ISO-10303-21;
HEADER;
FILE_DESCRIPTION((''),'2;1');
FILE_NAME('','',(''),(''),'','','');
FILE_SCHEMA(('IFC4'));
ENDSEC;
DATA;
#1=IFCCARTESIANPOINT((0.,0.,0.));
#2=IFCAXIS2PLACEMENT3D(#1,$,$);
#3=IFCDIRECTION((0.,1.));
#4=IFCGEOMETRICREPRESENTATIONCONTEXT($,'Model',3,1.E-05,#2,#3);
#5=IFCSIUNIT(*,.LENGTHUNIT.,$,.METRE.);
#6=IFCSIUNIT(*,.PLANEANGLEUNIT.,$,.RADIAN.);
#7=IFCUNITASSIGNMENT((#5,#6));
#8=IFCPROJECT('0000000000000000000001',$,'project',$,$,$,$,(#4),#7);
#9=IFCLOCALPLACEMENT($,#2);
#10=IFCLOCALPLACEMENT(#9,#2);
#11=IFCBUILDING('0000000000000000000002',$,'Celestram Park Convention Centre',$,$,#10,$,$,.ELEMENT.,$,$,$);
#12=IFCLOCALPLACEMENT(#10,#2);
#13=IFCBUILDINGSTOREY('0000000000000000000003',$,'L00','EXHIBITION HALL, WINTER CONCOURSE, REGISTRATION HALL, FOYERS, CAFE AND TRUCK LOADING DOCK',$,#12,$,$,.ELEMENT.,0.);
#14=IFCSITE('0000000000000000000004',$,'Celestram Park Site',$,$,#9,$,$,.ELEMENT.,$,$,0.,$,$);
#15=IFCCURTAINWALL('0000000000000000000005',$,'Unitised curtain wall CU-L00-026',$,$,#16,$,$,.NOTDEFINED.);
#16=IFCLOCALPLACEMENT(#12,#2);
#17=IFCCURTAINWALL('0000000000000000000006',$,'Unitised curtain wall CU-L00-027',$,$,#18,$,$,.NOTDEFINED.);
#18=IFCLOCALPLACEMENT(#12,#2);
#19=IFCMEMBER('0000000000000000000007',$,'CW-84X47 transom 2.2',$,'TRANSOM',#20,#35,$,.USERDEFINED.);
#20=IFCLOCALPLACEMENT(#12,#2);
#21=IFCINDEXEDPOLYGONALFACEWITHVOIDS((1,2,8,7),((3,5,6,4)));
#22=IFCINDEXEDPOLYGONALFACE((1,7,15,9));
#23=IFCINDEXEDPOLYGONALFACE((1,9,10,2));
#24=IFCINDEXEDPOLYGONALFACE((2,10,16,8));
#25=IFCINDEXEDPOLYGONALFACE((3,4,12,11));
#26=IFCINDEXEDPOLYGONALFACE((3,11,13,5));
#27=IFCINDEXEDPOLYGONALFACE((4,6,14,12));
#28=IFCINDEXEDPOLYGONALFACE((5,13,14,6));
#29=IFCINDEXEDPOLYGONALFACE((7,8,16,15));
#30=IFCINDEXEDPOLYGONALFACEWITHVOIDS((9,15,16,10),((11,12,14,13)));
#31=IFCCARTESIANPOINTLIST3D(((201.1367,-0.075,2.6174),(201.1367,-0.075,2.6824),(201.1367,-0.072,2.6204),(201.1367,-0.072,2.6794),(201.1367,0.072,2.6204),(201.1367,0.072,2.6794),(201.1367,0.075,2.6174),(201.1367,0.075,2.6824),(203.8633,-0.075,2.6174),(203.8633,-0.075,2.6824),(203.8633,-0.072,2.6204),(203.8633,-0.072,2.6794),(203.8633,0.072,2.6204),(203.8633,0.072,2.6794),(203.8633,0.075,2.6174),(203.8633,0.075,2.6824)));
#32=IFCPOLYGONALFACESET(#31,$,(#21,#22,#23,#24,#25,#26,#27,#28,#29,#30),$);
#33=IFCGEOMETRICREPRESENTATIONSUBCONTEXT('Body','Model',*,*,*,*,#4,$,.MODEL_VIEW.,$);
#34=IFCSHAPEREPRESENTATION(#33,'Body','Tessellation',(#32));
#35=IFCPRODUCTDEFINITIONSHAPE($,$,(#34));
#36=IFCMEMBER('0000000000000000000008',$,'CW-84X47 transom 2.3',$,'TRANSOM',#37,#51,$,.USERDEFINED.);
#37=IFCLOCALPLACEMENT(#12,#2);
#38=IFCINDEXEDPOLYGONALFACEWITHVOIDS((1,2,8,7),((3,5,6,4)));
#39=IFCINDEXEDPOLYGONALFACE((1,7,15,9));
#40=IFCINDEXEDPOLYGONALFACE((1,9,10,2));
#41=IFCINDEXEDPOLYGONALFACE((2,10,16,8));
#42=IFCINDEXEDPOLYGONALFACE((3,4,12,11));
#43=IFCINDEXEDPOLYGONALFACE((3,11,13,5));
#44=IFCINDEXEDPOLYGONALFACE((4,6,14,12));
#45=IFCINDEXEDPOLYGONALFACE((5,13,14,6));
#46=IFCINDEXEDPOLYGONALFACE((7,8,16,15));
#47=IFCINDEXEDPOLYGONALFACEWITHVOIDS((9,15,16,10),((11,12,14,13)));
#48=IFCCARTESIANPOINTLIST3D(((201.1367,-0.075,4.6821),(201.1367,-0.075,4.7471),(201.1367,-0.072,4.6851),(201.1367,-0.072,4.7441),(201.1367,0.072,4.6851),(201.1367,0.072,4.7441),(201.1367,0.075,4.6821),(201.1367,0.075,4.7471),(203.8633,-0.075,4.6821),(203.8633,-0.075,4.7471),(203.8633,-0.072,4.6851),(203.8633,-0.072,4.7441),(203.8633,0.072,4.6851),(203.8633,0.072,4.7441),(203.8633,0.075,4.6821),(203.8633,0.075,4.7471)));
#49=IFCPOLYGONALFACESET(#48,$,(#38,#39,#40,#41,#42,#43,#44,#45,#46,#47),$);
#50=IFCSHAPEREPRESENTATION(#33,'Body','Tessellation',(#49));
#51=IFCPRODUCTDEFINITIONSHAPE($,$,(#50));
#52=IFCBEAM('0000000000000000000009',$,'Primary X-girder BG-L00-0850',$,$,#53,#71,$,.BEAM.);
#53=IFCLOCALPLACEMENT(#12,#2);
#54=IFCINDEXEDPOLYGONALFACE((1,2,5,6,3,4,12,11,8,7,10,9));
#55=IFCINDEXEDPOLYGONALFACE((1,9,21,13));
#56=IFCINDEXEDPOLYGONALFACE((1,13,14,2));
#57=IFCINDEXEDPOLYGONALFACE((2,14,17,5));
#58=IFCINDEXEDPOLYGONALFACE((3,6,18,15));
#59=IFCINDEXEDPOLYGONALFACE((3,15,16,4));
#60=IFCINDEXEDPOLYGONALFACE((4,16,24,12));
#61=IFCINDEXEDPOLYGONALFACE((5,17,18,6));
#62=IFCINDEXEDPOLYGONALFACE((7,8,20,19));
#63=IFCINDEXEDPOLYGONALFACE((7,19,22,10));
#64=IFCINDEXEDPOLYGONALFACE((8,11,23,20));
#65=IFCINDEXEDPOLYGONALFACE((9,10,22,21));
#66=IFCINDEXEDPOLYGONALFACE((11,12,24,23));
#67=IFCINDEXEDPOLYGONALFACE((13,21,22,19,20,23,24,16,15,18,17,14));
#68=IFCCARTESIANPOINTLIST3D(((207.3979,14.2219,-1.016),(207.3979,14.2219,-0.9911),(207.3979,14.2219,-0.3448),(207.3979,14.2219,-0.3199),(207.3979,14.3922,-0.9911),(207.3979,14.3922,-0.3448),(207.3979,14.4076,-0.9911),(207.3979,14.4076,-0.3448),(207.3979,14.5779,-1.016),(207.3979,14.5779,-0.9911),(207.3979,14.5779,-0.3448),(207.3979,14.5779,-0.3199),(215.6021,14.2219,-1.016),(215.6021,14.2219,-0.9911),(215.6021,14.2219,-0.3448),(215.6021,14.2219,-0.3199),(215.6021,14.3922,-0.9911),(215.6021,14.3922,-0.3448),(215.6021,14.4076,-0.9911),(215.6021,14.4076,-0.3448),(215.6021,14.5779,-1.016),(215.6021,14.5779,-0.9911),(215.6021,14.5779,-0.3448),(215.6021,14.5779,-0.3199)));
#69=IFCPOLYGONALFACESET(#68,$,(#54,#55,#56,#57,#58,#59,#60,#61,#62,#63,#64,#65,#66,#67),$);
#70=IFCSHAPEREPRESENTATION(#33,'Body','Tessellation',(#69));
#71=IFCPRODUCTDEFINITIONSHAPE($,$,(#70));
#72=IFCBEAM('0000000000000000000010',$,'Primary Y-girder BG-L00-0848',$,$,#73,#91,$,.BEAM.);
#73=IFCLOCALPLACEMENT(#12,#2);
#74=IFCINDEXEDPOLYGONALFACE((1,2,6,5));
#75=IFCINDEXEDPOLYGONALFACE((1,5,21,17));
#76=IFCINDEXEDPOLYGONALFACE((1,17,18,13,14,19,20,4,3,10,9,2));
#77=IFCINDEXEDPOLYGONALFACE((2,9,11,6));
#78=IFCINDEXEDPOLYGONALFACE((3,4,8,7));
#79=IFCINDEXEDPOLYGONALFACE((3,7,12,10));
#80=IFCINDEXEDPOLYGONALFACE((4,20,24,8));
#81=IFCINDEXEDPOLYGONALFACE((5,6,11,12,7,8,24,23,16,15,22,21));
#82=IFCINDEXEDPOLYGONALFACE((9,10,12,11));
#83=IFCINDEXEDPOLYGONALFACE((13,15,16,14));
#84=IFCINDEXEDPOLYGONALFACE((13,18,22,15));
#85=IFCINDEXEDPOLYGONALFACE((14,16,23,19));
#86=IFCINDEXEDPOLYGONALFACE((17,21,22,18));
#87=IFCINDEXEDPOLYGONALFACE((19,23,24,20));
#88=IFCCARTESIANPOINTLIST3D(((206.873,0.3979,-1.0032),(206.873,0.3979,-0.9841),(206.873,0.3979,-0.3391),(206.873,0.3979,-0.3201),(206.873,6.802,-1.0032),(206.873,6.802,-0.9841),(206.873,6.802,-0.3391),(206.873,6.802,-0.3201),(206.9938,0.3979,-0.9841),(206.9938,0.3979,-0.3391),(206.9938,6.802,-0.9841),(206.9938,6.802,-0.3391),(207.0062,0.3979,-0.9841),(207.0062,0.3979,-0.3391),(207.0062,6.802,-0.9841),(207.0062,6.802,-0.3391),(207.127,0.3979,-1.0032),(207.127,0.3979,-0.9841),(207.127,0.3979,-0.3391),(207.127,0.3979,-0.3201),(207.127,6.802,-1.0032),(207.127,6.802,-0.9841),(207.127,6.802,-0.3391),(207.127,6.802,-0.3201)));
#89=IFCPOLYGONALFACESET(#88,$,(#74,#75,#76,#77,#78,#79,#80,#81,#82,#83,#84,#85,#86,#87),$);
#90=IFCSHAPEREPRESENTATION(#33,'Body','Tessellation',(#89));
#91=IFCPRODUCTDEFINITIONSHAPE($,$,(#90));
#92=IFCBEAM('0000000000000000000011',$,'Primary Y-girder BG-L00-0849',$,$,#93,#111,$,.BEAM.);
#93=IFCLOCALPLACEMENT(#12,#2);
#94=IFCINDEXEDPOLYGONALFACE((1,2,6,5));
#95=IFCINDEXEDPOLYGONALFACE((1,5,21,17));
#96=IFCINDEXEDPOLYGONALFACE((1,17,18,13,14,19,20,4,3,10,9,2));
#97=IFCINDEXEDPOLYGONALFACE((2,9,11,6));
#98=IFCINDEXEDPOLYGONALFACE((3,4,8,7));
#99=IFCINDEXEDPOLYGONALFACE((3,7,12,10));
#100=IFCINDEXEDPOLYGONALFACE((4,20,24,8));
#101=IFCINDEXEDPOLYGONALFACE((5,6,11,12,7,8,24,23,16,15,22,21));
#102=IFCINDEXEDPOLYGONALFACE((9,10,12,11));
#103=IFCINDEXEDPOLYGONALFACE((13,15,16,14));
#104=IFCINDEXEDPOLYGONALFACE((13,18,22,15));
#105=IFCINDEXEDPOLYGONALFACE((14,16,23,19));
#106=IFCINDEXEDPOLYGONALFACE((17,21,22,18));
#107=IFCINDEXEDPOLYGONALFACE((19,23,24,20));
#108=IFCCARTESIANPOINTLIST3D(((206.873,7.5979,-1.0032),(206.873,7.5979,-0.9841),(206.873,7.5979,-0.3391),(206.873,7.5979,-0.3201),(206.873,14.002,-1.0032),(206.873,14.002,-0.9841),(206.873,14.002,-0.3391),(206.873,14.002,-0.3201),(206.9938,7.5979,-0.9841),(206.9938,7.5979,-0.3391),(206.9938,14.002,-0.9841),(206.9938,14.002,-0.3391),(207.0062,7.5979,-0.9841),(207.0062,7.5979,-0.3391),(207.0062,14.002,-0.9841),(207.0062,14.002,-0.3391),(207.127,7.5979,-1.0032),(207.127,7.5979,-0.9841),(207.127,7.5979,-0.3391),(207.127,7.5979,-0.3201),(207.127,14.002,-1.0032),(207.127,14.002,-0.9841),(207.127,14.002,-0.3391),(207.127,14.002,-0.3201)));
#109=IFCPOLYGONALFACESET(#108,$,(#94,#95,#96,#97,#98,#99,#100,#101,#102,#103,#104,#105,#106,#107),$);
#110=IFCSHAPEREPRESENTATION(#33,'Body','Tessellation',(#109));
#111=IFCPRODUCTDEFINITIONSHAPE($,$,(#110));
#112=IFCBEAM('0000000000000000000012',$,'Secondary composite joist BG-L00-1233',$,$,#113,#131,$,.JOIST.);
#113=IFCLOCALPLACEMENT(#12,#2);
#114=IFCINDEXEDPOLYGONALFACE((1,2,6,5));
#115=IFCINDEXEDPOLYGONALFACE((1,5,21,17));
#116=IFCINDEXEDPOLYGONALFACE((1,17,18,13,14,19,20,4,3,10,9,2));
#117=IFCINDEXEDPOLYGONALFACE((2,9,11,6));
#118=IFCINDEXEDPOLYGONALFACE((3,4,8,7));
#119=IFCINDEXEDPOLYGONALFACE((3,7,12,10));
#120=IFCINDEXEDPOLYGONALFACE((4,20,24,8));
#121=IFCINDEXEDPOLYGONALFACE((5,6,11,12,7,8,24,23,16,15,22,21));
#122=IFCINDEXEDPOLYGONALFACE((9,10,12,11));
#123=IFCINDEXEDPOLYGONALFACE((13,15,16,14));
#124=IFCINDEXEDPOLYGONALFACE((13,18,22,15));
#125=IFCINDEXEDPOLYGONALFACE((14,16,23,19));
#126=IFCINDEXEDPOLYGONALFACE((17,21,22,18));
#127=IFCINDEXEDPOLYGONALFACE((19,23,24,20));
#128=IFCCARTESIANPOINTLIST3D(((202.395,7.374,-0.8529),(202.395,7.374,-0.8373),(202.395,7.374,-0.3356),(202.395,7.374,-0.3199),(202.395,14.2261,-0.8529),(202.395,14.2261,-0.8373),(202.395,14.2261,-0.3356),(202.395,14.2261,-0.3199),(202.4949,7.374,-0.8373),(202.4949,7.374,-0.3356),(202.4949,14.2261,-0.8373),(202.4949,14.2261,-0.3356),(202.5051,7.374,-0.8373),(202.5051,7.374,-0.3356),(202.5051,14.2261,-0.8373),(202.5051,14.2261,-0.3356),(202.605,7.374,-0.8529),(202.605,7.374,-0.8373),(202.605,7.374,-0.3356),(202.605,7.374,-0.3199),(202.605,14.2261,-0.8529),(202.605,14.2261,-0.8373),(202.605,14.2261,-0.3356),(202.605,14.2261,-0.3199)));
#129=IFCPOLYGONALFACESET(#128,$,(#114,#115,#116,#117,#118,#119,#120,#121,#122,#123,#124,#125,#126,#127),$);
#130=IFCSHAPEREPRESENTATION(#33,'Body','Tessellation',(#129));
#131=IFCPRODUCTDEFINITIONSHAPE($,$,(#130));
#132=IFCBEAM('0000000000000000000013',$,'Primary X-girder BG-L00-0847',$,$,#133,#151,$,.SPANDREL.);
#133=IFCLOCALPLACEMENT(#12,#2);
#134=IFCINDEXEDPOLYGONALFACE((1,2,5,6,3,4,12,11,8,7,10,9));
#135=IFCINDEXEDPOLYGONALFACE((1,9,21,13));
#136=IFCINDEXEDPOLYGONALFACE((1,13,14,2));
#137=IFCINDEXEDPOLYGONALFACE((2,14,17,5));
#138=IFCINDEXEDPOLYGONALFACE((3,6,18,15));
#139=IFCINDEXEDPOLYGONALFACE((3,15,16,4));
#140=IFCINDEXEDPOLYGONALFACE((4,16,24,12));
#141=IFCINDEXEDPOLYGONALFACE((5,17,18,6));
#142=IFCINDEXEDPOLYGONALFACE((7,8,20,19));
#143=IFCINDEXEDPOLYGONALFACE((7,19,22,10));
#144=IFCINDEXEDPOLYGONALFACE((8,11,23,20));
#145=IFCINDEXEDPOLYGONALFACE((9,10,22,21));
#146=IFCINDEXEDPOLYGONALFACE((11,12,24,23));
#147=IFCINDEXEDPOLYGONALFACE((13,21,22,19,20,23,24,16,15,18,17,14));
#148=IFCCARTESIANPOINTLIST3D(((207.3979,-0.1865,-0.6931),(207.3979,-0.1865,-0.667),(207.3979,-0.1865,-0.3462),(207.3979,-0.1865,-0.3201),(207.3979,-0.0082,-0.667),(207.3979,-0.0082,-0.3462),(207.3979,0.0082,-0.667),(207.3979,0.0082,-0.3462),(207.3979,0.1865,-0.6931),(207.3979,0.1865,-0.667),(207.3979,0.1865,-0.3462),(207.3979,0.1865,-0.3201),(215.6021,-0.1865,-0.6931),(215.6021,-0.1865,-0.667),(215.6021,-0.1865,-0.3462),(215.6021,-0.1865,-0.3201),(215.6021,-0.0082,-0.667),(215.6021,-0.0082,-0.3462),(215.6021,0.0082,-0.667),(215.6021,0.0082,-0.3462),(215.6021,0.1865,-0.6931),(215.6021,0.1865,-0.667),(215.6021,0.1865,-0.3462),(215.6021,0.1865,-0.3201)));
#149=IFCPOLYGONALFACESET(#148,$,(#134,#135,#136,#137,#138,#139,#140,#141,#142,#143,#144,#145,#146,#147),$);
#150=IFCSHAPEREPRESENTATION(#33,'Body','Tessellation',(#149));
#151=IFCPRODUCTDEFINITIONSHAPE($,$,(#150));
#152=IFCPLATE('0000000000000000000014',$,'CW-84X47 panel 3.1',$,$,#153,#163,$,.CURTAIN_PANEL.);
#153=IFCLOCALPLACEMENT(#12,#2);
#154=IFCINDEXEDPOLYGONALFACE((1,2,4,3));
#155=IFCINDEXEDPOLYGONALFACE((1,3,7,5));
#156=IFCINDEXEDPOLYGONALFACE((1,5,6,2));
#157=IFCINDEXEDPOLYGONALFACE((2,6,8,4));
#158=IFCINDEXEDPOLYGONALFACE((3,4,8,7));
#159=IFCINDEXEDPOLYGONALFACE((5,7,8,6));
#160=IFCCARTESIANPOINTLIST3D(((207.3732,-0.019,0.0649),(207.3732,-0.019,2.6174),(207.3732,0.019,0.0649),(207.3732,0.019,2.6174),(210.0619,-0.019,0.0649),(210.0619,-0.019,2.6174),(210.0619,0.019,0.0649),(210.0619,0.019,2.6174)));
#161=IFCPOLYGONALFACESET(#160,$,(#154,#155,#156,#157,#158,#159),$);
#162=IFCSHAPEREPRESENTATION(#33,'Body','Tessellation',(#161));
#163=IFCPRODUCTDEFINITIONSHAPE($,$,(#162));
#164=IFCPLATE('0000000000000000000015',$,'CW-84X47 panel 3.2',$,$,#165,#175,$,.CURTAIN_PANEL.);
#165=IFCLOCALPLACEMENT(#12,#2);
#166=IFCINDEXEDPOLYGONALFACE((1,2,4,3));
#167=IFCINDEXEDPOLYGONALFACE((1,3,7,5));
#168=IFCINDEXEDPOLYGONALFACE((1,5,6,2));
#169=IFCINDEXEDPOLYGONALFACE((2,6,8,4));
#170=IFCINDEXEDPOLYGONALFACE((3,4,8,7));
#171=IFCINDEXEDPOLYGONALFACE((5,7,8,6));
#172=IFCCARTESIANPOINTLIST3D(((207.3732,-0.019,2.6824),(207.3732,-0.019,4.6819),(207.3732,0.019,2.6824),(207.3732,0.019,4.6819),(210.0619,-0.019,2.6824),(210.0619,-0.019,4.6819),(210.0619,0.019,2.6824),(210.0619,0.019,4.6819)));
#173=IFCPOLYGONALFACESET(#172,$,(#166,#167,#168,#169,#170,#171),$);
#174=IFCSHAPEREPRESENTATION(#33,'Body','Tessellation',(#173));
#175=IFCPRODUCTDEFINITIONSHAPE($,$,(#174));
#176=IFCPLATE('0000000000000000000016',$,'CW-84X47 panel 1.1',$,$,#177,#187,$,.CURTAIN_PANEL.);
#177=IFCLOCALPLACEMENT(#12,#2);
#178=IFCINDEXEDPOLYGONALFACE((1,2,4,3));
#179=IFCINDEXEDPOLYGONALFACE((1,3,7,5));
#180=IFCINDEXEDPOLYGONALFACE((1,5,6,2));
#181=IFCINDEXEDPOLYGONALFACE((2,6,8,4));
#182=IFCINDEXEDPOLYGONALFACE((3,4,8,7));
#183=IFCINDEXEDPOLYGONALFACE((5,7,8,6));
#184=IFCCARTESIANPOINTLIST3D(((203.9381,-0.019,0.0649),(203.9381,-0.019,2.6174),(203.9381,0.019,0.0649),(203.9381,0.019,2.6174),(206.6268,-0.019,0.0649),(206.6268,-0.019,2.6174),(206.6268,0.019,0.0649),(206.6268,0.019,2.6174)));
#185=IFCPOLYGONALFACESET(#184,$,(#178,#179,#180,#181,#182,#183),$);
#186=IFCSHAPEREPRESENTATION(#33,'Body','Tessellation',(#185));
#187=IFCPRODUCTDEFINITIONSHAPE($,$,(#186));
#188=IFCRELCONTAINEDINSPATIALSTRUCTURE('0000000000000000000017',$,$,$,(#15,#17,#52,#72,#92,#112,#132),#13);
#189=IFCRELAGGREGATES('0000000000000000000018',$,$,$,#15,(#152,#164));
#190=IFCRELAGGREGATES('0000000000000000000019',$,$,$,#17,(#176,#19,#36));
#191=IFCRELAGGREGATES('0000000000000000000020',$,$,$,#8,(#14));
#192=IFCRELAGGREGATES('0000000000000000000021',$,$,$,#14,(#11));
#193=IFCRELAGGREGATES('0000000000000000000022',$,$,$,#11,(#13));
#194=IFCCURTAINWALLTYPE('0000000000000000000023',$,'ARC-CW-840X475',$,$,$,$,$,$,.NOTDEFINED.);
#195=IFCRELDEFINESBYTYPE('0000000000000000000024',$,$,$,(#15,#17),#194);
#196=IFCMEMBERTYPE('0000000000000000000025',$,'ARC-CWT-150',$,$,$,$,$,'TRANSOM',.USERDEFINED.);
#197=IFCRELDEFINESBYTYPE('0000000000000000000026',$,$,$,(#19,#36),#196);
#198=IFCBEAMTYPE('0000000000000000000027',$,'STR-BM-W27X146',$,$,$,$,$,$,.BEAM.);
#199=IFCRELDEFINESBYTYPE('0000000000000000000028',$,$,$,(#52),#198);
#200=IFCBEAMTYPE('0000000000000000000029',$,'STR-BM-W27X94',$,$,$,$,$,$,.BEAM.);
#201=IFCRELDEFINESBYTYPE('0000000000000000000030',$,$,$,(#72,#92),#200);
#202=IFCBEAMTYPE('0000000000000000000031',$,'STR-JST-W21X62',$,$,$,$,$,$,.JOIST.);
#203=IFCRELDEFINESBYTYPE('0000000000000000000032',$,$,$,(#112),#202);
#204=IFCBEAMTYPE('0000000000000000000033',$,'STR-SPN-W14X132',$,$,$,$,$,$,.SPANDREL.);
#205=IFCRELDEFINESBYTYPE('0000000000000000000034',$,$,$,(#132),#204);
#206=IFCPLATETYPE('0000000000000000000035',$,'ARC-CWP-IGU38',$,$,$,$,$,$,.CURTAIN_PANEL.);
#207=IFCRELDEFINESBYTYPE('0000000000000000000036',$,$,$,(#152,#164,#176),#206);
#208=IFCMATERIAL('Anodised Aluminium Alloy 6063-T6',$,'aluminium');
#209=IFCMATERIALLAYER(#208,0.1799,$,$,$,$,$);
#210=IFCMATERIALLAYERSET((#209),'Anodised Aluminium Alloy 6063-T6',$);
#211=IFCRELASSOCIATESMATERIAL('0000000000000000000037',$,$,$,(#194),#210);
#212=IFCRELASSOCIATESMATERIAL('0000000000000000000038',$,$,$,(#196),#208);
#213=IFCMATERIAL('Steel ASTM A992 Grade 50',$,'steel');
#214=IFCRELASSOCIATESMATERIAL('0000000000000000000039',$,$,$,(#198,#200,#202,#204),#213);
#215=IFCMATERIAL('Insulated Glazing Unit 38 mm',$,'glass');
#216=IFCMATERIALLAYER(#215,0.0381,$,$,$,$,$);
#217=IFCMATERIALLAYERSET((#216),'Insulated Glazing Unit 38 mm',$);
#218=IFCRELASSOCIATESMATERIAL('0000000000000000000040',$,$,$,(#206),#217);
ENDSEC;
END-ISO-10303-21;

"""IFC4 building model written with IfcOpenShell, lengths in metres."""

from ifc_helpers import new_model, si_unit, direction, frame, origin, origin_2d, place, context, subcontext, project, spatial, rectangle, hollow_rectangle, i_section, extrude, material, layer, layer_set, material_profile, profile_set, type_object, element, aggregate, save


model = new_model("IFC4")

# Units and contexts
model_context = context("Model", 3, precision=1e-05, world=origin(), true_north=direction((0.0, 1.0)))
body_context = subcontext(model_context, "Body", "Model", "MODEL_VIEW")
ifc_project = project(units=[si_unit("LENGTHUNIT", "METRE"), si_unit("PLANEANGLEUNIT", "RADIAN")], contexts=[model_context])

# Site, building, storey
site_placement = place(None, origin())
site = spatial("IfcSite", under=ifc_project, at=site_placement, Name="Celestram Park Site", CompositionType="ELEMENT", RefElevation=0.0)
building_placement = place(site_placement, origin())
building = spatial("IfcBuilding", under=site, at=building_placement, Name="Celestram Park Convention Centre", CompositionType="ELEMENT")
storey_placement = place(building_placement, origin())
storey = spatial("IfcBuildingStorey", under=building, at=storey_placement, Name="L00", Description="EXHIBITION HALL, WINTER CONCOURSE, REGISTRATION HALL, FOYERS, CAFE AND TRUCK LOADING DOCK", CompositionType="ELEMENT", Elevation=0.0)

# Curtain wall
ifc_material_1 = material(Name="Anodised Aluminium Alloy 6063-T6", Category="aluminium")
ifc_layer_1 = layer(ifc_material_1, 0.1799)
ifc_layer_set_1 = layer_set([ifc_layer_1], Name="Anodised Aluminium Alloy 6063-T6")
curtain_wall_type = type_object("IfcCurtainWallType", Name="ARC-CW-840X475", PredefinedType="NOTDEFINED", material=ifc_layer_set_1)
curtain_wall_1_placement = place(storey_placement, origin())
curtain_wall_1 = element("IfcCurtainWall", 1, at=curtain_wall_1_placement, inside=storey, type_object=curtain_wall_type, Name="Unitised curtain wall CU-L00-026", PredefinedType="NOTDEFINED")

# Curtain wall
curtain_wall_2_placement = place(storey_placement, origin())
curtain_wall_2 = element("IfcCurtainWall", 2, at=curtain_wall_2_placement, inside=storey, type_object=curtain_wall_type, Name="Unitised curtain wall CU-L00-027", PredefinedType="NOTDEFINED")

# Members
ifc_material_profile_1 = material_profile(ifc_material_1, hollow_rectangle(XDim=0.1499, YDim=0.0649, WallThickness=0.0029, at=origin_2d()), Name="ALU150X65X3")
ifc_profile_set_1 = profile_set([ifc_material_profile_1], Name="Anodised Aluminium Alloy 6063-T6")
member_type_1 = type_object("IfcMemberType", Name="ARC-CWT-150", ElementType="TRANSOM", PredefinedType="USERDEFINED", material=ifc_profile_set_1)
member_1_placement = place(storey_placement, frame((203.8633, 0.0, 2.6499), z_axis=(-1.0, 0.0, 0.0), x_axis=(0.0, -1.0, 0.0)))
member_1 = element("IfcMember", 3, at=member_1_placement, type_object=member_type_1, Name="CW-84X47 transom 2.2", ObjectType="TRANSOM", PredefinedType="USERDEFINED", context=body_context, shape_type="SweptSolid", body=[
    extrude(hollow_rectangle(XDim=0.1499, YDim=0.0649, WallThickness=0.0029, at=origin_2d()), origin(), (0.0, 0.0, 1.0), 2.7266),
])
member_2_placement = place(storey_placement, frame((203.8633, 0.0, 4.7146), z_axis=(-1.0, 0.0, 0.0), x_axis=(0.0, -1.0, 0.0)))
member_2 = element("IfcMember", 4, at=member_2_placement, type_object=member_type_1, Name="CW-84X47 transom 2.3", ObjectType="TRANSOM", PredefinedType="USERDEFINED", context=body_context, shape_type="SweptSolid", body=[
    extrude(hollow_rectangle(XDim=0.1499, YDim=0.0649, WallThickness=0.0029, at=origin_2d()), origin(), (0.0, 0.0, 1.0), 2.7266),
])

# Beams
ifc_material_2 = material(Name="Steel ASTM A992 Grade 50", Category="steel")
ifc_material_profile_2 = material_profile(ifc_material_2, i_section(OverallWidth=0.356, OverallDepth=0.696, WebThickness=0.0154, FlangeThickness=0.0249, at=origin_2d()), Name="W27X146")
ifc_profile_set_2 = profile_set([ifc_material_profile_2], Name="Steel ASTM A992 Grade 50")
beam_type_1 = type_object("IfcBeamType", Name="STR-BM-W27X146", PredefinedType="BEAM", material=ifc_profile_set_2)
beam_1_placement = place(storey_placement, frame((207.3979, 14.3999, -0.668), z_axis=(1.0, 0.0, 0.0), x_axis=(0.0, 1.0, 0.0)))
element("IfcBeam", 5, at=beam_1_placement, inside=storey, type_object=beam_type_1, Name="Primary X-girder BG-L00-0850", PredefinedType="BEAM", context=body_context, shape_type="SweptSolid", body=[
    extrude(i_section(OverallWidth=0.356, OverallDepth=0.696, WebThickness=0.0154, FlangeThickness=0.0249, at=origin_2d()), origin(), (0.0, 0.0, 1.0), 8.2041),
])
ifc_material_profile_3 = material_profile(ifc_material_2, i_section(OverallWidth=0.2539, OverallDepth=0.6831, WebThickness=0.0125, FlangeThickness=0.019, at=origin_2d()), Name="W27X94")
ifc_profile_set_3 = profile_set([ifc_material_profile_3], Name="Steel ASTM A992 Grade 50")
beam_type_2 = type_object("IfcBeamType", Name="STR-BM-W27X94", PredefinedType="BEAM", material=ifc_profile_set_3)
for number, where, z_axis, x_axis, name in (
    (6, (207.0, 0.3979, -0.6616), (0.0, 1.0, 0.0), (-1.0, 0.0, 0.0), "Primary Y-girder BG-L00-0848"),
    (7, (207.0, 7.5979, -0.6616), (0.0, 1.0, 0.0), (-1.0, 0.0, 0.0), "Primary Y-girder BG-L00-0849"),
):
    element("IfcBeam", number, at=place(storey_placement, frame(where, z_axis=z_axis, x_axis=x_axis)), inside=storey, type_object=beam_type_2, Name=name, PredefinedType="BEAM", context=body_context, shape_type="SweptSolid", body=[
        extrude(i_section(OverallWidth=0.2539, OverallDepth=0.6831, WebThickness=0.0125, FlangeThickness=0.019, at=origin_2d()), origin(), (0.0, 0.0, 1.0), 6.4041),
    ])
ifc_material_profile_4 = material_profile(ifc_material_2, i_section(OverallWidth=0.21, OverallDepth=0.533, WebThickness=0.0103, FlangeThickness=0.0156, at=origin_2d()), Name="W21X62")
ifc_profile_set_4 = profile_set([ifc_material_profile_4], Name="Steel ASTM A992 Grade 50")
beam_type_3 = type_object("IfcBeamType", Name="STR-JST-W21X62", PredefinedType="JOIST", material=ifc_profile_set_4)
beam_2_placement = place(storey_placement, frame((202.5, 7.374, -0.5864), z_axis=(0.0, 1.0, 0.0), x_axis=(-1.0, 0.0, 0.0)))
element("IfcBeam", 8, at=beam_2_placement, inside=storey, type_object=beam_type_3, Name="Secondary composite joist BG-L00-1233", PredefinedType="JOIST", context=body_context, shape_type="SweptSolid", body=[
    extrude(i_section(OverallWidth=0.21, OverallDepth=0.533, WebThickness=0.0103, FlangeThickness=0.0156, at=origin_2d()), origin(), (0.0, 0.0, 1.0), 6.8521),
])
ifc_material_profile_5 = material_profile(ifc_material_2, i_section(OverallWidth=0.373, OverallDepth=0.373, WebThickness=0.0164, FlangeThickness=0.0261, at=origin_2d()), Name="W14X132")
ifc_profile_set_5 = profile_set([ifc_material_profile_5], Name="Steel ASTM A992 Grade 50")
beam_type_4 = type_object("IfcBeamType", Name="STR-SPN-W14X132", PredefinedType="SPANDREL", material=ifc_profile_set_5)
beam_3_placement = place(storey_placement, frame((207.3979, 0.0, -0.5066), z_axis=(1.0, 0.0, 0.0), x_axis=(0.0, 1.0, 0.0)))
element("IfcBeam", 9, at=beam_3_placement, inside=storey, type_object=beam_type_4, Name="Primary X-girder BG-L00-0847", PredefinedType="SPANDREL", context=body_context, shape_type="SweptSolid", body=[
    extrude(i_section(OverallWidth=0.373, OverallDepth=0.373, WebThickness=0.0164, FlangeThickness=0.0261, at=origin_2d()), origin(), (0.0, 0.0, 1.0), 8.2041),
])

# Plates
ifc_material_3 = material(Name="Insulated Glazing Unit 38 mm", Category="glass")
ifc_layer_2 = layer(ifc_material_3, 0.0381)
ifc_layer_set_2 = layer_set([ifc_layer_2], Name="Insulated Glazing Unit 38 mm")
plate_type = type_object("IfcPlateType", Name="ARC-CWP-IGU38", PredefinedType="CURTAIN_PANEL", material=ifc_layer_set_2)
plate_1_placement = place(storey_placement, frame((208.7175, 0.0, 0.0649), z_axis=(0.0, 0.0, 1.0), x_axis=(-1.0, 0.0, 0.0)))
plate_1 = element("IfcPlate", 10, at=plate_1_placement, type_object=plate_type, Name="CW-84X47 panel 3.1", PredefinedType="CURTAIN_PANEL", context=body_context, shape_type="SweptSolid", body=[
    extrude(rectangle(XDim=2.6887, YDim=0.0381, at=origin_2d()), origin(), (0.0, 0.0, 1.0), 2.5525),
])
plate_2_placement = place(storey_placement, frame((208.7175, 0.0, 2.6824), z_axis=(0.0, 0.0, 1.0), x_axis=(-1.0, 0.0, 0.0)))
plate_2 = element("IfcPlate", 11, at=plate_2_placement, type_object=plate_type, Name="CW-84X47 panel 3.2", PredefinedType="CURTAIN_PANEL", context=body_context, shape_type="SweptSolid", body=[
    extrude(rectangle(XDim=2.6887, YDim=0.0381, at=origin_2d()), origin(), (0.0, 0.0, 1.0), 1.9995),
])
aggregate(curtain_wall_1, [plate_1, plate_2])
plate_3_placement = place(storey_placement, frame((205.2825, 0.0, 0.0649), z_axis=(0.0, 0.0, 1.0), x_axis=(-1.0, 0.0, 0.0)))
plate_3 = element("IfcPlate", 12, at=plate_3_placement, type_object=plate_type, Name="CW-84X47 panel 1.1", PredefinedType="CURTAIN_PANEL", context=body_context, shape_type="SweptSolid", body=[
    extrude(rectangle(XDim=2.6887, YDim=0.0381, at=origin_2d()), origin(), (0.0, 0.0, 1.0), 2.5525),
])
aggregate(curtain_wall_2, [plate_3, member_1, member_2])

save(model, "model.ifc")
